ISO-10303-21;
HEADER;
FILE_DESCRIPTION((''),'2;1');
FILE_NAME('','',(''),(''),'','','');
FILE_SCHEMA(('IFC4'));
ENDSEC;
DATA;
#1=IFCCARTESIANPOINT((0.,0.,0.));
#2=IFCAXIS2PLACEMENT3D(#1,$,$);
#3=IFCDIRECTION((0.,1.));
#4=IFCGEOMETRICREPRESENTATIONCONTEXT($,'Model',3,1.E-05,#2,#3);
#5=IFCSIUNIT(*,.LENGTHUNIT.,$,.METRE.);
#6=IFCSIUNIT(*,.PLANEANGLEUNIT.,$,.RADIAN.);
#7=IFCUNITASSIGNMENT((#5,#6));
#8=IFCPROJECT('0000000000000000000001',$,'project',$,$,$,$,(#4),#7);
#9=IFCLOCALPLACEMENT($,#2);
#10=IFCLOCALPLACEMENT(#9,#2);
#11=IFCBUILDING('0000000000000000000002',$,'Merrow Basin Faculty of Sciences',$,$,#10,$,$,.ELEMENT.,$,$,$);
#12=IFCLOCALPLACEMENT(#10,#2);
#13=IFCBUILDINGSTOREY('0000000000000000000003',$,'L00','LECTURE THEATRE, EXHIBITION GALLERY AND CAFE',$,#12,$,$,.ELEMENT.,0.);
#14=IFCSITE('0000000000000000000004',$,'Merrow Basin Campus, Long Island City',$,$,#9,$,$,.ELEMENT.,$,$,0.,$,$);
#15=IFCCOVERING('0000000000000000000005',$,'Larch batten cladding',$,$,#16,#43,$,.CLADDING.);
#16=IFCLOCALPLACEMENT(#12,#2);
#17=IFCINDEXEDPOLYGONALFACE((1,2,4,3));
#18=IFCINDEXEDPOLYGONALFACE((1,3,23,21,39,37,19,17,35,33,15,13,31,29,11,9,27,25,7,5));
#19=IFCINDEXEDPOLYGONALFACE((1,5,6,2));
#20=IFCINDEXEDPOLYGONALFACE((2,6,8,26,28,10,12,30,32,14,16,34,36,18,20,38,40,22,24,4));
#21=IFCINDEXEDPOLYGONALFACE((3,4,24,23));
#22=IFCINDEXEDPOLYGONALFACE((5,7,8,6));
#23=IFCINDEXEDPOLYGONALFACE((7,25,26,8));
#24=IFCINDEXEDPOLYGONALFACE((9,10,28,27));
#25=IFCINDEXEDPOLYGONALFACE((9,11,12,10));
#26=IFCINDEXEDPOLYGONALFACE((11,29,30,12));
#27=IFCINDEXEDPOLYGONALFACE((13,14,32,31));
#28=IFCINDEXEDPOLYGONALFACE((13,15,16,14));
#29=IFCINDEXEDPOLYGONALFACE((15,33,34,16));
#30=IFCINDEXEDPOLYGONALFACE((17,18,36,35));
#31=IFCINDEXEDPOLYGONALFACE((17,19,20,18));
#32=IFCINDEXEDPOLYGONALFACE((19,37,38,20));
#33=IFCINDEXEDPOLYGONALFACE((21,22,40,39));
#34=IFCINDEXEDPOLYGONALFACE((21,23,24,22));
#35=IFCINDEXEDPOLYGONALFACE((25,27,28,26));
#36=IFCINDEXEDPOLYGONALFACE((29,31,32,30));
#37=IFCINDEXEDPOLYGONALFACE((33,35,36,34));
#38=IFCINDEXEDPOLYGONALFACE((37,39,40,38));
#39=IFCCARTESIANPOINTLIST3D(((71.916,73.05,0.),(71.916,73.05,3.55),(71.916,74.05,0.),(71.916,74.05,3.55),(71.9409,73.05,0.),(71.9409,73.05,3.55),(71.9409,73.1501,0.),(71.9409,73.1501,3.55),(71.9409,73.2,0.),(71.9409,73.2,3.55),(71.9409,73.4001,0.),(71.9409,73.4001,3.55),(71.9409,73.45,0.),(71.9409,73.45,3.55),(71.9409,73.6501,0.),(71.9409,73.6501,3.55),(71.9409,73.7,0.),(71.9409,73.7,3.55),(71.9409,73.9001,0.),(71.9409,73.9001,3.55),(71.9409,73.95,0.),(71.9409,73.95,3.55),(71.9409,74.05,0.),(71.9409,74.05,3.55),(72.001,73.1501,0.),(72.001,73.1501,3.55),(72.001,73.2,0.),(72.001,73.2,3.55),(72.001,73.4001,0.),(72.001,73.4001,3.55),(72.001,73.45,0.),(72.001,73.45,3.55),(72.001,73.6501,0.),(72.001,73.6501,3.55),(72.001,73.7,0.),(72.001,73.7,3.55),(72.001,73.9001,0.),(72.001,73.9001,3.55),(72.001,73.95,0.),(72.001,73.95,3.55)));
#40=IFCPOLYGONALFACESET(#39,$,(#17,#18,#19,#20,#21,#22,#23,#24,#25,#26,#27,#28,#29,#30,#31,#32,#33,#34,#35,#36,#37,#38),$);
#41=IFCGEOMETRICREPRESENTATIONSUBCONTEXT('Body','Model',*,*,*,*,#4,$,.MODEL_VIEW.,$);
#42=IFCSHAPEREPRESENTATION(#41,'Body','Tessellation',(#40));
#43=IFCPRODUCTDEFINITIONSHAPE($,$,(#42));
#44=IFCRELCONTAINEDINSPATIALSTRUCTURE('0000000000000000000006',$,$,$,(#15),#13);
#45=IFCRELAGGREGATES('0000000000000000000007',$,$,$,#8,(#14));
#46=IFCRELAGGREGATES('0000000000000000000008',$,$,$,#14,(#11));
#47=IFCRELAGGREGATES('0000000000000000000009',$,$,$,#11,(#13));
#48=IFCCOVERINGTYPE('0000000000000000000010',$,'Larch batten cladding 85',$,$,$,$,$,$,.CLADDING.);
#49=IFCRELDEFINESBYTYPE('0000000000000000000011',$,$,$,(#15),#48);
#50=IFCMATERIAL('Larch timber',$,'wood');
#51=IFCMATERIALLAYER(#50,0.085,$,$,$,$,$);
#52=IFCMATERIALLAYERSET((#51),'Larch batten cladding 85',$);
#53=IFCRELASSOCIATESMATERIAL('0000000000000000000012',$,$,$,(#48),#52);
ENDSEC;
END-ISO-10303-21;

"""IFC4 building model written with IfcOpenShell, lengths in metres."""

from ifc_helpers import new_model, si_unit, direction, frame, origin, place, context, subcontext, project, spatial, polyline, outline, extrude, source, transform, mapped, material, layer, layer_set, type_object, element, save


model = new_model("IFC4")

# Units and contexts
model_context = context("Model", 3, precision=1e-05, world=origin(), true_north=direction((0.0, 1.0)))
body_context = subcontext(model_context, "Body", "Model", "MODEL_VIEW")
ifc_project = project(units=[si_unit("LENGTHUNIT", "METRE"), si_unit("PLANEANGLEUNIT", "RADIAN")], contexts=[model_context])

# Site, building, storey
site_placement = place(None, origin())
site = spatial("IfcSite", under=ifc_project, at=site_placement, Name="Merrow Basin Campus, Long Island City", CompositionType="ELEMENT", RefElevation=0.0)
building_placement = place(site_placement, origin())
building = spatial("IfcBuilding", under=site, at=building_placement, Name="Merrow Basin Faculty of Sciences", CompositionType="ELEMENT")
storey_placement = place(building_placement, origin())
storey = spatial("IfcBuildingStorey", under=building, at=storey_placement, Name="L00", Description="LECTURE THEATRE, EXHIBITION GALLERY AND CAFE", CompositionType="ELEMENT", Elevation=0.0)

# Covering
ifc_material_1 = material(Name="Larch timber", Category="wood")
ifc_layer_1 = layer(ifc_material_1, 0.085)
ifc_layer_set_1 = layer_set([ifc_layer_1], Name="Larch batten cladding 85")
covering_type = type_object("IfcCoveringType", Name="Larch batten cladding 85", PredefinedType="CLADDING", material=ifc_layer_set_1)
shared_shape_1 = source(origin(), body_context, "Body", "SweptSolid", [
    extrude(outline(polyline([(0.0, 0.0), (1.0, 0.0), (1.0, 0.0249), (0.8999, 0.0249), (0.8999, 0.085), (0.8501, 0.085), (0.8501, 0.0249), (0.6499, 0.0249), (0.6499, 0.085), (0.6001, 0.085), (0.6001, 0.0249), (0.3999, 0.0249), (0.3999, 0.085), (0.3501, 0.085), (0.3501, 0.0249), (0.1499, 0.0249), (0.1499, 0.085), (0.1001, 0.085), (0.1001, 0.0249), (0.0, 0.0249), (0.0, 0.0)])), origin(), (0.0, 0.0, 1.0), 3.55),
])
covering_1_placement = place(storey_placement, frame((71.916, 74.05, 0.0), z_axis=(0.0, 0.0, 1.0), x_axis=(0.0, -1.0, 0.0)))
element("IfcCovering", 1, at=covering_1_placement, inside=storey, type_object=covering_type, Name="Larch batten cladding", PredefinedType="CLADDING", context=body_context, shape_type="MappedRepresentation", body=[
    mapped(shared_shape_1, transform((0.0, 0.0, 0.0), scale=1.0)),
])

save(model, "model.ifc")
